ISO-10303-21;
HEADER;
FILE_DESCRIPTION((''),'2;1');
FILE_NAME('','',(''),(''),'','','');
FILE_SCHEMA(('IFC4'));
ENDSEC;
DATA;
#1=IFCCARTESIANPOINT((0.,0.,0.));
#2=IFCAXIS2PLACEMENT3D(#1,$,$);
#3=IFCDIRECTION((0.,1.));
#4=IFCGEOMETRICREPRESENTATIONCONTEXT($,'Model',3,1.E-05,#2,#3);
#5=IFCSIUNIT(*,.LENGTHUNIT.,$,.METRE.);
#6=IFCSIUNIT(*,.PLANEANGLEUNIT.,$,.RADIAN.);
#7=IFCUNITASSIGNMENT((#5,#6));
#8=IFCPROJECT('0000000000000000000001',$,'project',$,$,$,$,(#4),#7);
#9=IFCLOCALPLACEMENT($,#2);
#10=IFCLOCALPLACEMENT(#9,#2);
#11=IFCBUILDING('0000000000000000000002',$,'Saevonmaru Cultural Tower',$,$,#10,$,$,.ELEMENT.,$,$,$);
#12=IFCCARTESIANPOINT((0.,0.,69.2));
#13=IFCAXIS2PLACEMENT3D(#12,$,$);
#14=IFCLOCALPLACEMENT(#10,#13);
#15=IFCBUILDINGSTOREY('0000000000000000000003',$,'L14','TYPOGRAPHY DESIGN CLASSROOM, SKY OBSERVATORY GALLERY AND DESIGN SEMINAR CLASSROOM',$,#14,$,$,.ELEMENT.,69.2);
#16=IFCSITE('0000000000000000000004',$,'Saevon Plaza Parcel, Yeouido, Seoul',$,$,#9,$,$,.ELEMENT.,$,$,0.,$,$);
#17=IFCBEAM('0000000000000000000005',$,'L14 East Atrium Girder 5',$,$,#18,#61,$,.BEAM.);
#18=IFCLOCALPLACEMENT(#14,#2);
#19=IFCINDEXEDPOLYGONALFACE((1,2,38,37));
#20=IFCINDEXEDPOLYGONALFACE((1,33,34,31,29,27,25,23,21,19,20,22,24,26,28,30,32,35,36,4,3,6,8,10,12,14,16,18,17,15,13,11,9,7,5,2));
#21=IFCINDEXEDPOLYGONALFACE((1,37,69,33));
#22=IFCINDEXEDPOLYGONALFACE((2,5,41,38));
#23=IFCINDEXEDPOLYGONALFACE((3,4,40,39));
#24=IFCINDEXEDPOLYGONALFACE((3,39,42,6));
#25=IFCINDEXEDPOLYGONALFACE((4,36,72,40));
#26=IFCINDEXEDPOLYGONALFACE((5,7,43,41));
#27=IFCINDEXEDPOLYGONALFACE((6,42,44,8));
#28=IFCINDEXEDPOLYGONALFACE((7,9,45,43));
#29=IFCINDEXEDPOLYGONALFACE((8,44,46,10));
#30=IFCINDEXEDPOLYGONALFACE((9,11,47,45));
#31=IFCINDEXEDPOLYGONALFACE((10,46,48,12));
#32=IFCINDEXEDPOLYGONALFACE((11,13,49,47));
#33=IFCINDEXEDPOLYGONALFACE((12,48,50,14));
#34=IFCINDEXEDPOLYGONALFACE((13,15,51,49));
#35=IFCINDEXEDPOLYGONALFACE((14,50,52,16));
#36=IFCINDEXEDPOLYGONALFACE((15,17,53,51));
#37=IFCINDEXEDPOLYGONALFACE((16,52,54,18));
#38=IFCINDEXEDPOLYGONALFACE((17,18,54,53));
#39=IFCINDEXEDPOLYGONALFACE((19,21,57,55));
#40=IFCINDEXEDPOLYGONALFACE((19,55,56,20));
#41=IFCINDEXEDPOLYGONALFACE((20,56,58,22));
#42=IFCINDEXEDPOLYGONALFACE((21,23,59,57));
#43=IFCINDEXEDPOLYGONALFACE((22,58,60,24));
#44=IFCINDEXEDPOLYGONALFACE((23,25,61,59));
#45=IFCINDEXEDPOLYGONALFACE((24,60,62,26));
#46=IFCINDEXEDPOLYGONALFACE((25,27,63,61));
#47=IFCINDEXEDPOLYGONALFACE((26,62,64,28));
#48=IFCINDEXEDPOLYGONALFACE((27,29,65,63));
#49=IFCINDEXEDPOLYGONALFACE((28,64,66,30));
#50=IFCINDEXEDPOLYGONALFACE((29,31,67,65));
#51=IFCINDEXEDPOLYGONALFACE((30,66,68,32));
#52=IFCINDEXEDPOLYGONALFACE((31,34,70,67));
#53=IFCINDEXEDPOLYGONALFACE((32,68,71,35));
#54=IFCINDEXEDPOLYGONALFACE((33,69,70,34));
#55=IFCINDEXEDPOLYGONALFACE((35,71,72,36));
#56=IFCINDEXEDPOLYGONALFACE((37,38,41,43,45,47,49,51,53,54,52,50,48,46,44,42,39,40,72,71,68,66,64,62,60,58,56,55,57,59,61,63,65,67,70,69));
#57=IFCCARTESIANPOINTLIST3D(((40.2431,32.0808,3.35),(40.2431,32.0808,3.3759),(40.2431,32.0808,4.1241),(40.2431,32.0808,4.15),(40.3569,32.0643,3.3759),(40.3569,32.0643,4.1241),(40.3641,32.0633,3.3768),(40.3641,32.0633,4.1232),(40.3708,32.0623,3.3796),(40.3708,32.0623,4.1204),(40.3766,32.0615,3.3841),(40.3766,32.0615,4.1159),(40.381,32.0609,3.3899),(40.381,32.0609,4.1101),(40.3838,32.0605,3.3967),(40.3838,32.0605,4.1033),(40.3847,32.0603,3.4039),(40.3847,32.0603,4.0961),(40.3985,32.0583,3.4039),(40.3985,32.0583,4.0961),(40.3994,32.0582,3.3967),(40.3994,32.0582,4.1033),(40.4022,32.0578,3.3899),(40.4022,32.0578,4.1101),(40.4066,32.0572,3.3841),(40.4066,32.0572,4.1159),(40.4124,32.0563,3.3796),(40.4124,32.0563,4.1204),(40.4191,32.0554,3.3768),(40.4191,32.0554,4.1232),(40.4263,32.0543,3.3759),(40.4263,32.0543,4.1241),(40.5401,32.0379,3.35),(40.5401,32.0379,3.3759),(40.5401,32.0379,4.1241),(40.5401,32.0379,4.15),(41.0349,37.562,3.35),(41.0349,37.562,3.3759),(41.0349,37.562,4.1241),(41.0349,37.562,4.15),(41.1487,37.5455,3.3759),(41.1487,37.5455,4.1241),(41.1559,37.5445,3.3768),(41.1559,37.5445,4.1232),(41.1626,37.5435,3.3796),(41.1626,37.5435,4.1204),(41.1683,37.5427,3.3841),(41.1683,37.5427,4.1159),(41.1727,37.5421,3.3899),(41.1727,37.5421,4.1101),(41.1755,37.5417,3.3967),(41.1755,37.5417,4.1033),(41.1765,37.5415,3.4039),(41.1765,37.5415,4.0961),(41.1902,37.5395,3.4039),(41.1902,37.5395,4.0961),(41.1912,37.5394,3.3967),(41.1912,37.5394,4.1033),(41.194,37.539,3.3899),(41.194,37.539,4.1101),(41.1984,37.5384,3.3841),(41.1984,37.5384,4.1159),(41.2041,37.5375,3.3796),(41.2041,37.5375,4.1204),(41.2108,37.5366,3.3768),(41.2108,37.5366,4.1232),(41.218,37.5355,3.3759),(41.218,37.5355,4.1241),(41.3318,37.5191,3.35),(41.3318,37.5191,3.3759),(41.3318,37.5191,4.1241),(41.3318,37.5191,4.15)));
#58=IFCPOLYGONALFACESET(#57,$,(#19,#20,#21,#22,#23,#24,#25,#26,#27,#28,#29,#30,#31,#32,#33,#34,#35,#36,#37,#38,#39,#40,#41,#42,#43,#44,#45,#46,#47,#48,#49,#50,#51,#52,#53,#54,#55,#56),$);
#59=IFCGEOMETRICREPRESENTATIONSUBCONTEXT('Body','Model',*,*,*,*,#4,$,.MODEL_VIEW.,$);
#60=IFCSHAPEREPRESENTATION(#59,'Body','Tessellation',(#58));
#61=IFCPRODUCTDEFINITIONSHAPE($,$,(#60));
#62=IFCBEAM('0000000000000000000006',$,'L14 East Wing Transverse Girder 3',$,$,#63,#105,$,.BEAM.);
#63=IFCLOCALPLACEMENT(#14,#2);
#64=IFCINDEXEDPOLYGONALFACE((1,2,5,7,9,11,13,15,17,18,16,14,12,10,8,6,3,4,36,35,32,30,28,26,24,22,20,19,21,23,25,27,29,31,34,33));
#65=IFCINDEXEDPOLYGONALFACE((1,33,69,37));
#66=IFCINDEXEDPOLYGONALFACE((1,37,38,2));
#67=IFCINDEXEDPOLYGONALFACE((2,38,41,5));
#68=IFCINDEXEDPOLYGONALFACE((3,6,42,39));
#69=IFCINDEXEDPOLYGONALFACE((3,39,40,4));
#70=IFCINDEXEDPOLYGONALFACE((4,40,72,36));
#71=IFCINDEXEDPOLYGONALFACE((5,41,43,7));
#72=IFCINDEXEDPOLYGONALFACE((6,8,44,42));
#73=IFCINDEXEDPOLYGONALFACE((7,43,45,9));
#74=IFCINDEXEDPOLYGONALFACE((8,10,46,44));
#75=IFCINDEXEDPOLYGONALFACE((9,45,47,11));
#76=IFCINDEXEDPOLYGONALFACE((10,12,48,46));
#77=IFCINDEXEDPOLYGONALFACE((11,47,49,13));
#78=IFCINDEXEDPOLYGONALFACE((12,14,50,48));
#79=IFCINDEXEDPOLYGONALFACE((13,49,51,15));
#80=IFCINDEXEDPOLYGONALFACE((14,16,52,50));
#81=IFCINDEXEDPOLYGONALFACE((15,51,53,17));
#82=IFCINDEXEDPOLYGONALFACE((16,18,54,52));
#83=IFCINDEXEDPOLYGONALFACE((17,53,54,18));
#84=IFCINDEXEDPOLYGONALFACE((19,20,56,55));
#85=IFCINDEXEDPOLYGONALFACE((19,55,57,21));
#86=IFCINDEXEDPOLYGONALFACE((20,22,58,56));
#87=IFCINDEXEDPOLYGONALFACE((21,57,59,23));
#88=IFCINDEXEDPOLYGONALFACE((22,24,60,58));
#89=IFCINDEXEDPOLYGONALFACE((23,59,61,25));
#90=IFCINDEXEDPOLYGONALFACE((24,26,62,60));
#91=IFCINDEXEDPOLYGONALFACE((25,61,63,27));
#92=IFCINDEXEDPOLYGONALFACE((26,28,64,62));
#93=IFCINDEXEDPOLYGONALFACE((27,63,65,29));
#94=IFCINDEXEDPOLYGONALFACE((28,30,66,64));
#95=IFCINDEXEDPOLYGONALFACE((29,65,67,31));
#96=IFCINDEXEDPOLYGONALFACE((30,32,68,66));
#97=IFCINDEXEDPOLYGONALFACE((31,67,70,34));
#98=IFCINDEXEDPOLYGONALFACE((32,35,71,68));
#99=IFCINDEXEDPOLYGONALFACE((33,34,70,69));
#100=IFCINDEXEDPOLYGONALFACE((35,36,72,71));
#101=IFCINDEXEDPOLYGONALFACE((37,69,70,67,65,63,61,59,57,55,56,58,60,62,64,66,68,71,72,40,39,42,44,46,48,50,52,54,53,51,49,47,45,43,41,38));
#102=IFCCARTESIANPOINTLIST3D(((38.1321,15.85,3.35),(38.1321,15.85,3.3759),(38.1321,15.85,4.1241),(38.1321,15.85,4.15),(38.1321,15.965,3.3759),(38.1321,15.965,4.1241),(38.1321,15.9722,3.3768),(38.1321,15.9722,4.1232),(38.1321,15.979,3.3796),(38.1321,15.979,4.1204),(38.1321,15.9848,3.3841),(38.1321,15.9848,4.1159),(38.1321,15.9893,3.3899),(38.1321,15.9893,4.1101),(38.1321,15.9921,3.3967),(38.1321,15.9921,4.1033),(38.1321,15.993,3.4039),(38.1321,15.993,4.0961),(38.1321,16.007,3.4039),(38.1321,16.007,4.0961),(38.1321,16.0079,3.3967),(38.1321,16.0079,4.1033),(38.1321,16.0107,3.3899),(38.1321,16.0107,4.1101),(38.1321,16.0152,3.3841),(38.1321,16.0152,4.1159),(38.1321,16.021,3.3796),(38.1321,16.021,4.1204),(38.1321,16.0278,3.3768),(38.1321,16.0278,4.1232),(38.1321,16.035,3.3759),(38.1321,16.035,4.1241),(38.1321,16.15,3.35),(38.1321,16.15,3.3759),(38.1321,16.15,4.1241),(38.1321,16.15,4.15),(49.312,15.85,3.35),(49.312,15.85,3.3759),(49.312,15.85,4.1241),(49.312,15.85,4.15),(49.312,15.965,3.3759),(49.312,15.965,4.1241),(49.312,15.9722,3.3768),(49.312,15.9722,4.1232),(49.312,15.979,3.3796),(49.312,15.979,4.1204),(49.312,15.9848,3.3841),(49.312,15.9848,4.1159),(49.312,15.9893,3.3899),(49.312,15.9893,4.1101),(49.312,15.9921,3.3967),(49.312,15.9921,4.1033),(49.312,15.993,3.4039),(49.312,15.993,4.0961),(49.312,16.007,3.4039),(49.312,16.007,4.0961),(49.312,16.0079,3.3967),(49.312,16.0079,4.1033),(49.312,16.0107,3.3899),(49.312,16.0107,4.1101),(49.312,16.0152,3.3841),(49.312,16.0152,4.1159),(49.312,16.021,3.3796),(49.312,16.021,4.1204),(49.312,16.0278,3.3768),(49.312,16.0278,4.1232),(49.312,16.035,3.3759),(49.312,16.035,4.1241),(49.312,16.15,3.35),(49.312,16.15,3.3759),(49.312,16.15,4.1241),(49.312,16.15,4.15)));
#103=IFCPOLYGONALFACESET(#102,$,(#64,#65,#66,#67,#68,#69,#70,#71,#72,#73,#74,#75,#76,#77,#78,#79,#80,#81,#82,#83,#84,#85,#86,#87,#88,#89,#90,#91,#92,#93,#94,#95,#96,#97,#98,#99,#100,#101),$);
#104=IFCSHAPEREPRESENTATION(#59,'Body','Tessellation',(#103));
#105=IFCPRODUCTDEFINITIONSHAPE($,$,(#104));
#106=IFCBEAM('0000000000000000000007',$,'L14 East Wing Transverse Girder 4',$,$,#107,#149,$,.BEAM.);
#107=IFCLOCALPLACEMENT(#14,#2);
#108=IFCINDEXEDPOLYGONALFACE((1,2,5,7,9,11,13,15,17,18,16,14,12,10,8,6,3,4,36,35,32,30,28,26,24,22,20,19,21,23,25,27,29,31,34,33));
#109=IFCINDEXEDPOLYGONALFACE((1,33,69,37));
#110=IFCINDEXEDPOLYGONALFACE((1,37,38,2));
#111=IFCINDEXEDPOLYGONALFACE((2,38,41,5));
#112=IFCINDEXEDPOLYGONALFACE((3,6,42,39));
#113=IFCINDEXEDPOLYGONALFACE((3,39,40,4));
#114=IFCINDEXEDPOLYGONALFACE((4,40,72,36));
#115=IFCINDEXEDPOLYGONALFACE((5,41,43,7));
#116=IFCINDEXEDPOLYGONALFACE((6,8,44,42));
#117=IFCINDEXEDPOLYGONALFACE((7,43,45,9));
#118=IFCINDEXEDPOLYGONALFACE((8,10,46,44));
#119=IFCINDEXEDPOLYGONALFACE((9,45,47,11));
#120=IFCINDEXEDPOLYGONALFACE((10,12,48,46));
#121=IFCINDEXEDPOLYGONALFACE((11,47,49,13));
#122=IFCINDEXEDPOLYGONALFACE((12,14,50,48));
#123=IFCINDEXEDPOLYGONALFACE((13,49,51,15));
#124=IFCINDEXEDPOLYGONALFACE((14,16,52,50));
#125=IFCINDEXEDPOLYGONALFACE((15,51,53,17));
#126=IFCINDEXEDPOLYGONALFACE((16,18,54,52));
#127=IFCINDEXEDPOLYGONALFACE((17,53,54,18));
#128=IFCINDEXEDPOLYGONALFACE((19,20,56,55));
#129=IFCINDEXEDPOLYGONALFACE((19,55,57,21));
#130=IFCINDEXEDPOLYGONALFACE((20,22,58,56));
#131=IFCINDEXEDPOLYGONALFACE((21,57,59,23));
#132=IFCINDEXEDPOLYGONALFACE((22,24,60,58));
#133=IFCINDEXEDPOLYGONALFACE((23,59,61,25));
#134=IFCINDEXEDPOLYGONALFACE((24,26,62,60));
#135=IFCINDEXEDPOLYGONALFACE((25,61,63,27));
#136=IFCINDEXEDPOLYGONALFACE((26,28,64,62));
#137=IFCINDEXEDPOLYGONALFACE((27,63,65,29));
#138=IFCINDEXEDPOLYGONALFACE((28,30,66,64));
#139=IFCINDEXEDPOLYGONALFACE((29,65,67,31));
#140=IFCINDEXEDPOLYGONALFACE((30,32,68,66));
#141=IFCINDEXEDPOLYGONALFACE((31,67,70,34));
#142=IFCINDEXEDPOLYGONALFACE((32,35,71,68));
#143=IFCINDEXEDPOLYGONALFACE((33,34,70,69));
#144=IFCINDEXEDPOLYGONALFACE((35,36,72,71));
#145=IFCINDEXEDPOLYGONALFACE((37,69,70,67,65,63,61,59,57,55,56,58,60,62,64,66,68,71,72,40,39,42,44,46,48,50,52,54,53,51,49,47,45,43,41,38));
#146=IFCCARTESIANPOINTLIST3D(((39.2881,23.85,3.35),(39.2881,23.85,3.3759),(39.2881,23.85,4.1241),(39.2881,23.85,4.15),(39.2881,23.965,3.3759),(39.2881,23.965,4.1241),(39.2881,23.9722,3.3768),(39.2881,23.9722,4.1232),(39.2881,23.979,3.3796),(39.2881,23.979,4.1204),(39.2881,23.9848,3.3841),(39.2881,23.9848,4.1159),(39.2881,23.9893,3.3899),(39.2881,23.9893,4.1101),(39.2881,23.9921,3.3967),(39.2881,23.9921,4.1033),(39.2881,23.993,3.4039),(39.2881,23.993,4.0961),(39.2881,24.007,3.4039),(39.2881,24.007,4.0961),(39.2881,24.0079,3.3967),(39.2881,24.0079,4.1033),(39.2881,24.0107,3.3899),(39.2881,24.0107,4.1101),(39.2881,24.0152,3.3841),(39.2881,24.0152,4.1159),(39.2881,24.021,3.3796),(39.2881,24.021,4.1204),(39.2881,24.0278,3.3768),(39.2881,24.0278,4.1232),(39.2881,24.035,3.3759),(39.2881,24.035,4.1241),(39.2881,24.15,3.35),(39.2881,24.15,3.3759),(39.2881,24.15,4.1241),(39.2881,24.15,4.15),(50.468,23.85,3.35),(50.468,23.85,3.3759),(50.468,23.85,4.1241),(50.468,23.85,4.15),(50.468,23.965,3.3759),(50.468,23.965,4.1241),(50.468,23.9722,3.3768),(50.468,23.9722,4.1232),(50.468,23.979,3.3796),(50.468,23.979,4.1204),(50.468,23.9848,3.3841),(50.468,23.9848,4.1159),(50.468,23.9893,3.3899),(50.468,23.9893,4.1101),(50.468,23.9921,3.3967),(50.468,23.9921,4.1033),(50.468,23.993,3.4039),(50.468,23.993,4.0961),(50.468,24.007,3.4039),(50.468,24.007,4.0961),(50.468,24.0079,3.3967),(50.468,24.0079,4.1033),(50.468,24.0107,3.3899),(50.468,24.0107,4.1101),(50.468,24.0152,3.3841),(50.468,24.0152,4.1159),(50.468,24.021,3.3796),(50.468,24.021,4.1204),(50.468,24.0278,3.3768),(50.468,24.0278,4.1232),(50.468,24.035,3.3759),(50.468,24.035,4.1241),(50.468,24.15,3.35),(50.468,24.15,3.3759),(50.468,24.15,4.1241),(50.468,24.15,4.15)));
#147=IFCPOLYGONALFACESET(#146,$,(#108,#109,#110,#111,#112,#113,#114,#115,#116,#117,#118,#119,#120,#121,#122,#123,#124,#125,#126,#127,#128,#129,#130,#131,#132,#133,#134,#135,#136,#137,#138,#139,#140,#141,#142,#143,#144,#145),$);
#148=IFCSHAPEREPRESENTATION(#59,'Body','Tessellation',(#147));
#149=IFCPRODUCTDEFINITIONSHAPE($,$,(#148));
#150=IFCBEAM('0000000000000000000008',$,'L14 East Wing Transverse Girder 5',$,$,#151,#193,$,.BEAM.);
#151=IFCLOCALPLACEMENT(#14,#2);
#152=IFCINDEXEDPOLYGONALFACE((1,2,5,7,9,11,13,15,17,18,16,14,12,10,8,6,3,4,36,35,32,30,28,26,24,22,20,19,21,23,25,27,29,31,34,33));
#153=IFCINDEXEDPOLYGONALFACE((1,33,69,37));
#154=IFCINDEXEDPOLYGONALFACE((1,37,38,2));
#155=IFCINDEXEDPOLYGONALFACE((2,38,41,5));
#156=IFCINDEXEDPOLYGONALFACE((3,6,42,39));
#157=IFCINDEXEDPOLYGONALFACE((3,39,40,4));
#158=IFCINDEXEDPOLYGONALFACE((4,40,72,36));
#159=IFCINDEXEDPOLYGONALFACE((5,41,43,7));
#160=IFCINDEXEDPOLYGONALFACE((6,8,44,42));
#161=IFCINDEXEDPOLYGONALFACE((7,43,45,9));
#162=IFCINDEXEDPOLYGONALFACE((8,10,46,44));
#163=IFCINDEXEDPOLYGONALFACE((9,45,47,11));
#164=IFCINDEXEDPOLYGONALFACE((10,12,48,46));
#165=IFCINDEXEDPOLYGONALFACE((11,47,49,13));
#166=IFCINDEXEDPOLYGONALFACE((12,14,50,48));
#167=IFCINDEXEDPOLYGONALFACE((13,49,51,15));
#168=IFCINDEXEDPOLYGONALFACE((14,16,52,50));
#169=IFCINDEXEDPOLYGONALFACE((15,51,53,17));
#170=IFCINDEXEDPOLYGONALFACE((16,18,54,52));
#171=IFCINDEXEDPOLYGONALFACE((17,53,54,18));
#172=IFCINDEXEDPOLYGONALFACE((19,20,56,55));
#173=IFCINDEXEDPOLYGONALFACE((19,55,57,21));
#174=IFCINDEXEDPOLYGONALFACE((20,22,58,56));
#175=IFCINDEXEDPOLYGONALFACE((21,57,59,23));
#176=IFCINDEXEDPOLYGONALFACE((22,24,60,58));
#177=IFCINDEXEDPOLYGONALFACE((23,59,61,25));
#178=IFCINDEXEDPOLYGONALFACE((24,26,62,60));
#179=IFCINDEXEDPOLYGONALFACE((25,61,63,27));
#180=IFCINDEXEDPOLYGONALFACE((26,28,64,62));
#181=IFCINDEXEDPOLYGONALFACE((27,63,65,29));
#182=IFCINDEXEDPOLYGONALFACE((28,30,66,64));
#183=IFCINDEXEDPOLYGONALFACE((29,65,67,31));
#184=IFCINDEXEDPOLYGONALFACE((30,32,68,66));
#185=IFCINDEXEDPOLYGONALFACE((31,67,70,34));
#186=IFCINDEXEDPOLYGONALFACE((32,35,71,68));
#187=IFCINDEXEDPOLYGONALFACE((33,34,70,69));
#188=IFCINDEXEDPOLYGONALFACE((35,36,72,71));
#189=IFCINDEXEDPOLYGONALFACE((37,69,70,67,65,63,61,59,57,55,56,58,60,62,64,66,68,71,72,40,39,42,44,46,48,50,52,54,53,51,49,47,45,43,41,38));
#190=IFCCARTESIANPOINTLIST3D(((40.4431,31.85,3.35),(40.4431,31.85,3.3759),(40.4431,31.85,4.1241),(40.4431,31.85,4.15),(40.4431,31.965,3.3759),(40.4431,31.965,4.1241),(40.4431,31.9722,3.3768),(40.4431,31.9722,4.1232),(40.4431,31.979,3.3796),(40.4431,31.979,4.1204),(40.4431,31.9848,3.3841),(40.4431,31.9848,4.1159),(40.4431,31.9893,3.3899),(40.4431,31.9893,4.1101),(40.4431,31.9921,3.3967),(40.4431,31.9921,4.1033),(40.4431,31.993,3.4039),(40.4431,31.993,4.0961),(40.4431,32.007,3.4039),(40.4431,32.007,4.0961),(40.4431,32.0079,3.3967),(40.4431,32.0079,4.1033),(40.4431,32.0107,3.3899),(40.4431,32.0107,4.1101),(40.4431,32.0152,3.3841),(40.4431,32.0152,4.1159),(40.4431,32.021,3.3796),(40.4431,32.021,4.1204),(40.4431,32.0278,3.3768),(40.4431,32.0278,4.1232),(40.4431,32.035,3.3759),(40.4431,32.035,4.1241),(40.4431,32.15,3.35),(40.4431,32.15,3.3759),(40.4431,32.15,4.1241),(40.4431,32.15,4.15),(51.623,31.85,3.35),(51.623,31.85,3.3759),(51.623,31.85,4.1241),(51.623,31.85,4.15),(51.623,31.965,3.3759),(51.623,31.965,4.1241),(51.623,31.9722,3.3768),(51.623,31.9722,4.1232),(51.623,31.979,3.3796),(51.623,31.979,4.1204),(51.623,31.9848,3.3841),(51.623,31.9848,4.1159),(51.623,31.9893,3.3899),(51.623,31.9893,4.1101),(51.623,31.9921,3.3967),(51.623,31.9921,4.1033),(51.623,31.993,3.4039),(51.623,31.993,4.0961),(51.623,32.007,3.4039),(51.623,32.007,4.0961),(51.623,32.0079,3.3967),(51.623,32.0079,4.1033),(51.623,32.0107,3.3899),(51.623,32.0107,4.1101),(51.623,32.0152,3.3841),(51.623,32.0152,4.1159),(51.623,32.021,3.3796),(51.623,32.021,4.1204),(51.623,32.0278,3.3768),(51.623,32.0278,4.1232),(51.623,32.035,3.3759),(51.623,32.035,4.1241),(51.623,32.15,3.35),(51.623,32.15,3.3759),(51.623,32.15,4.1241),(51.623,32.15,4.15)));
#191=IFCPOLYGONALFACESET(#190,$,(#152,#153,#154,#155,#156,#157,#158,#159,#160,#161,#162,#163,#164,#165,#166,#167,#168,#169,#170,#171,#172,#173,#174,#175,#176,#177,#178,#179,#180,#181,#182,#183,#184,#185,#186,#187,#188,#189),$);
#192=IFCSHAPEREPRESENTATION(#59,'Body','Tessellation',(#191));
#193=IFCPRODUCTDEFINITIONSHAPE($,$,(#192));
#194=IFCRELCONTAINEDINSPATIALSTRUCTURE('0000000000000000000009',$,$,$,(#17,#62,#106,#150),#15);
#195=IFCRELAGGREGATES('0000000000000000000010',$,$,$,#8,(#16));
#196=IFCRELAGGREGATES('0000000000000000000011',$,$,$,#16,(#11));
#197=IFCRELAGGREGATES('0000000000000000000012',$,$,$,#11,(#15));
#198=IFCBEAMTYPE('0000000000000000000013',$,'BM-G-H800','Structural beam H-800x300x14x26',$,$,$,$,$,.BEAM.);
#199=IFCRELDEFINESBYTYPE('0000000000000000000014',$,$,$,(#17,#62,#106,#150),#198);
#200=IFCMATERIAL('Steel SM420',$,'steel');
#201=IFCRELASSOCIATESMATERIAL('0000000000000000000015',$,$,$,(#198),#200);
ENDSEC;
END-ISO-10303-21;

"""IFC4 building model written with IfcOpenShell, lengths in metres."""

from ifc_helpers import new_model, si_unit, direction, frame, origin, origin_2d, place, context, subcontext, project, spatial, i_section, extrude, material, material_profile, profile_set, type_object, element, save


model = new_model("IFC4")

# Units and contexts
model_context = context("Model", 3, precision=1e-05, world=origin(), true_north=direction((0.0, 1.0)))
body_context = subcontext(model_context, "Body", "Model", "MODEL_VIEW")
ifc_project = project(units=[si_unit("LENGTHUNIT", "METRE"), si_unit("PLANEANGLEUNIT", "RADIAN")], contexts=[model_context])

# Site, building, storey
site_placement = place(None, origin())
site = spatial("IfcSite", under=ifc_project, at=site_placement, Name="Saevon Plaza Parcel, Yeouido, Seoul", CompositionType="ELEMENT", RefElevation=0.0)
building_placement = place(site_placement, origin())
building = spatial("IfcBuilding", under=site, at=building_placement, Name="Saevonmaru Cultural Tower", CompositionType="ELEMENT")
storey_placement = place(building_placement, frame((0.0, 0.0, 69.2)))
storey = spatial("IfcBuildingStorey", under=building, at=storey_placement, Name="L14", Description="TYPOGRAPHY DESIGN CLASSROOM, SKY OBSERVATORY GALLERY AND DESIGN SEMINAR CLASSROOM", CompositionType="ELEMENT", Elevation=69.2)

# Shared definitions
ifc_material_1 = material(Name="Steel SM420", Category="steel")

# Beams
ifc_material_profile_1 = material_profile(ifc_material_1, i_section(OverallWidth=0.3, OverallDepth=0.8, WebThickness=0.0139, FlangeThickness=0.0259, FilletRadius=0.0281, at=origin_2d()), Name="H-800x300x14x26")
ifc_profile_set_1 = profile_set([ifc_material_profile_1], Name="Steel SM420")
beam_type_1 = type_object("IfcBeamType", Name="BM-G-H800", Description="Structural beam H-800x300x14x26", PredefinedType="BEAM", material=ifc_profile_set_1)
beam_1_placement = place(storey_placement, frame((40.3916, 32.0593, 3.75), z_axis=(0.142964, 0.989728, 0.0), x_axis=(-0.989728, 0.142964, 0.0)))
element("IfcBeam", 1, at=beam_1_placement, inside=storey, type_object=beam_type_1, Name="L14 East Atrium Girder 5", PredefinedType="BEAM", context=body_context, shape_type="SweptSolid", body=[
    extrude(i_section(OverallWidth=0.3, OverallDepth=0.8, WebThickness=0.0139, FlangeThickness=0.0259, FilletRadius=0.0281, at=origin_2d()), origin(), (0.0, 0.0, 1.0), 5.5381),
])
for number, where, z_axis, x_axis, name in (
    (2, (38.1321, 16.0, 3.75), (1.0, 0.0, 0.0), (0.0, 1.0, 0.0), "L14 East Wing Transverse Girder 3"),
    (3, (39.2881, 24.0, 3.75), (1.0, 0.0, 0.0), (0.0, 1.0, 0.0), "L14 East Wing Transverse Girder 4"),
    (4, (40.4431, 32.0, 3.75), (1.0, 0.0, 0.0), (0.0, 1.0, 0.0), "L14 East Wing Transverse Girder 5"),
):
    element("IfcBeam", number, at=place(storey_placement, frame(where, z_axis=z_axis, x_axis=x_axis)), inside=storey, type_object=beam_type_1, Name=name, PredefinedType="BEAM", context=body_context, shape_type="SweptSolid", body=[
        extrude(i_section(OverallWidth=0.3, OverallDepth=0.8, WebThickness=0.0139, FlangeThickness=0.0259, FilletRadius=0.0281, at=origin_2d()), origin(), (0.0, 0.0, 1.0), 11.1799),
    ])

save(model, "model.ifc")
